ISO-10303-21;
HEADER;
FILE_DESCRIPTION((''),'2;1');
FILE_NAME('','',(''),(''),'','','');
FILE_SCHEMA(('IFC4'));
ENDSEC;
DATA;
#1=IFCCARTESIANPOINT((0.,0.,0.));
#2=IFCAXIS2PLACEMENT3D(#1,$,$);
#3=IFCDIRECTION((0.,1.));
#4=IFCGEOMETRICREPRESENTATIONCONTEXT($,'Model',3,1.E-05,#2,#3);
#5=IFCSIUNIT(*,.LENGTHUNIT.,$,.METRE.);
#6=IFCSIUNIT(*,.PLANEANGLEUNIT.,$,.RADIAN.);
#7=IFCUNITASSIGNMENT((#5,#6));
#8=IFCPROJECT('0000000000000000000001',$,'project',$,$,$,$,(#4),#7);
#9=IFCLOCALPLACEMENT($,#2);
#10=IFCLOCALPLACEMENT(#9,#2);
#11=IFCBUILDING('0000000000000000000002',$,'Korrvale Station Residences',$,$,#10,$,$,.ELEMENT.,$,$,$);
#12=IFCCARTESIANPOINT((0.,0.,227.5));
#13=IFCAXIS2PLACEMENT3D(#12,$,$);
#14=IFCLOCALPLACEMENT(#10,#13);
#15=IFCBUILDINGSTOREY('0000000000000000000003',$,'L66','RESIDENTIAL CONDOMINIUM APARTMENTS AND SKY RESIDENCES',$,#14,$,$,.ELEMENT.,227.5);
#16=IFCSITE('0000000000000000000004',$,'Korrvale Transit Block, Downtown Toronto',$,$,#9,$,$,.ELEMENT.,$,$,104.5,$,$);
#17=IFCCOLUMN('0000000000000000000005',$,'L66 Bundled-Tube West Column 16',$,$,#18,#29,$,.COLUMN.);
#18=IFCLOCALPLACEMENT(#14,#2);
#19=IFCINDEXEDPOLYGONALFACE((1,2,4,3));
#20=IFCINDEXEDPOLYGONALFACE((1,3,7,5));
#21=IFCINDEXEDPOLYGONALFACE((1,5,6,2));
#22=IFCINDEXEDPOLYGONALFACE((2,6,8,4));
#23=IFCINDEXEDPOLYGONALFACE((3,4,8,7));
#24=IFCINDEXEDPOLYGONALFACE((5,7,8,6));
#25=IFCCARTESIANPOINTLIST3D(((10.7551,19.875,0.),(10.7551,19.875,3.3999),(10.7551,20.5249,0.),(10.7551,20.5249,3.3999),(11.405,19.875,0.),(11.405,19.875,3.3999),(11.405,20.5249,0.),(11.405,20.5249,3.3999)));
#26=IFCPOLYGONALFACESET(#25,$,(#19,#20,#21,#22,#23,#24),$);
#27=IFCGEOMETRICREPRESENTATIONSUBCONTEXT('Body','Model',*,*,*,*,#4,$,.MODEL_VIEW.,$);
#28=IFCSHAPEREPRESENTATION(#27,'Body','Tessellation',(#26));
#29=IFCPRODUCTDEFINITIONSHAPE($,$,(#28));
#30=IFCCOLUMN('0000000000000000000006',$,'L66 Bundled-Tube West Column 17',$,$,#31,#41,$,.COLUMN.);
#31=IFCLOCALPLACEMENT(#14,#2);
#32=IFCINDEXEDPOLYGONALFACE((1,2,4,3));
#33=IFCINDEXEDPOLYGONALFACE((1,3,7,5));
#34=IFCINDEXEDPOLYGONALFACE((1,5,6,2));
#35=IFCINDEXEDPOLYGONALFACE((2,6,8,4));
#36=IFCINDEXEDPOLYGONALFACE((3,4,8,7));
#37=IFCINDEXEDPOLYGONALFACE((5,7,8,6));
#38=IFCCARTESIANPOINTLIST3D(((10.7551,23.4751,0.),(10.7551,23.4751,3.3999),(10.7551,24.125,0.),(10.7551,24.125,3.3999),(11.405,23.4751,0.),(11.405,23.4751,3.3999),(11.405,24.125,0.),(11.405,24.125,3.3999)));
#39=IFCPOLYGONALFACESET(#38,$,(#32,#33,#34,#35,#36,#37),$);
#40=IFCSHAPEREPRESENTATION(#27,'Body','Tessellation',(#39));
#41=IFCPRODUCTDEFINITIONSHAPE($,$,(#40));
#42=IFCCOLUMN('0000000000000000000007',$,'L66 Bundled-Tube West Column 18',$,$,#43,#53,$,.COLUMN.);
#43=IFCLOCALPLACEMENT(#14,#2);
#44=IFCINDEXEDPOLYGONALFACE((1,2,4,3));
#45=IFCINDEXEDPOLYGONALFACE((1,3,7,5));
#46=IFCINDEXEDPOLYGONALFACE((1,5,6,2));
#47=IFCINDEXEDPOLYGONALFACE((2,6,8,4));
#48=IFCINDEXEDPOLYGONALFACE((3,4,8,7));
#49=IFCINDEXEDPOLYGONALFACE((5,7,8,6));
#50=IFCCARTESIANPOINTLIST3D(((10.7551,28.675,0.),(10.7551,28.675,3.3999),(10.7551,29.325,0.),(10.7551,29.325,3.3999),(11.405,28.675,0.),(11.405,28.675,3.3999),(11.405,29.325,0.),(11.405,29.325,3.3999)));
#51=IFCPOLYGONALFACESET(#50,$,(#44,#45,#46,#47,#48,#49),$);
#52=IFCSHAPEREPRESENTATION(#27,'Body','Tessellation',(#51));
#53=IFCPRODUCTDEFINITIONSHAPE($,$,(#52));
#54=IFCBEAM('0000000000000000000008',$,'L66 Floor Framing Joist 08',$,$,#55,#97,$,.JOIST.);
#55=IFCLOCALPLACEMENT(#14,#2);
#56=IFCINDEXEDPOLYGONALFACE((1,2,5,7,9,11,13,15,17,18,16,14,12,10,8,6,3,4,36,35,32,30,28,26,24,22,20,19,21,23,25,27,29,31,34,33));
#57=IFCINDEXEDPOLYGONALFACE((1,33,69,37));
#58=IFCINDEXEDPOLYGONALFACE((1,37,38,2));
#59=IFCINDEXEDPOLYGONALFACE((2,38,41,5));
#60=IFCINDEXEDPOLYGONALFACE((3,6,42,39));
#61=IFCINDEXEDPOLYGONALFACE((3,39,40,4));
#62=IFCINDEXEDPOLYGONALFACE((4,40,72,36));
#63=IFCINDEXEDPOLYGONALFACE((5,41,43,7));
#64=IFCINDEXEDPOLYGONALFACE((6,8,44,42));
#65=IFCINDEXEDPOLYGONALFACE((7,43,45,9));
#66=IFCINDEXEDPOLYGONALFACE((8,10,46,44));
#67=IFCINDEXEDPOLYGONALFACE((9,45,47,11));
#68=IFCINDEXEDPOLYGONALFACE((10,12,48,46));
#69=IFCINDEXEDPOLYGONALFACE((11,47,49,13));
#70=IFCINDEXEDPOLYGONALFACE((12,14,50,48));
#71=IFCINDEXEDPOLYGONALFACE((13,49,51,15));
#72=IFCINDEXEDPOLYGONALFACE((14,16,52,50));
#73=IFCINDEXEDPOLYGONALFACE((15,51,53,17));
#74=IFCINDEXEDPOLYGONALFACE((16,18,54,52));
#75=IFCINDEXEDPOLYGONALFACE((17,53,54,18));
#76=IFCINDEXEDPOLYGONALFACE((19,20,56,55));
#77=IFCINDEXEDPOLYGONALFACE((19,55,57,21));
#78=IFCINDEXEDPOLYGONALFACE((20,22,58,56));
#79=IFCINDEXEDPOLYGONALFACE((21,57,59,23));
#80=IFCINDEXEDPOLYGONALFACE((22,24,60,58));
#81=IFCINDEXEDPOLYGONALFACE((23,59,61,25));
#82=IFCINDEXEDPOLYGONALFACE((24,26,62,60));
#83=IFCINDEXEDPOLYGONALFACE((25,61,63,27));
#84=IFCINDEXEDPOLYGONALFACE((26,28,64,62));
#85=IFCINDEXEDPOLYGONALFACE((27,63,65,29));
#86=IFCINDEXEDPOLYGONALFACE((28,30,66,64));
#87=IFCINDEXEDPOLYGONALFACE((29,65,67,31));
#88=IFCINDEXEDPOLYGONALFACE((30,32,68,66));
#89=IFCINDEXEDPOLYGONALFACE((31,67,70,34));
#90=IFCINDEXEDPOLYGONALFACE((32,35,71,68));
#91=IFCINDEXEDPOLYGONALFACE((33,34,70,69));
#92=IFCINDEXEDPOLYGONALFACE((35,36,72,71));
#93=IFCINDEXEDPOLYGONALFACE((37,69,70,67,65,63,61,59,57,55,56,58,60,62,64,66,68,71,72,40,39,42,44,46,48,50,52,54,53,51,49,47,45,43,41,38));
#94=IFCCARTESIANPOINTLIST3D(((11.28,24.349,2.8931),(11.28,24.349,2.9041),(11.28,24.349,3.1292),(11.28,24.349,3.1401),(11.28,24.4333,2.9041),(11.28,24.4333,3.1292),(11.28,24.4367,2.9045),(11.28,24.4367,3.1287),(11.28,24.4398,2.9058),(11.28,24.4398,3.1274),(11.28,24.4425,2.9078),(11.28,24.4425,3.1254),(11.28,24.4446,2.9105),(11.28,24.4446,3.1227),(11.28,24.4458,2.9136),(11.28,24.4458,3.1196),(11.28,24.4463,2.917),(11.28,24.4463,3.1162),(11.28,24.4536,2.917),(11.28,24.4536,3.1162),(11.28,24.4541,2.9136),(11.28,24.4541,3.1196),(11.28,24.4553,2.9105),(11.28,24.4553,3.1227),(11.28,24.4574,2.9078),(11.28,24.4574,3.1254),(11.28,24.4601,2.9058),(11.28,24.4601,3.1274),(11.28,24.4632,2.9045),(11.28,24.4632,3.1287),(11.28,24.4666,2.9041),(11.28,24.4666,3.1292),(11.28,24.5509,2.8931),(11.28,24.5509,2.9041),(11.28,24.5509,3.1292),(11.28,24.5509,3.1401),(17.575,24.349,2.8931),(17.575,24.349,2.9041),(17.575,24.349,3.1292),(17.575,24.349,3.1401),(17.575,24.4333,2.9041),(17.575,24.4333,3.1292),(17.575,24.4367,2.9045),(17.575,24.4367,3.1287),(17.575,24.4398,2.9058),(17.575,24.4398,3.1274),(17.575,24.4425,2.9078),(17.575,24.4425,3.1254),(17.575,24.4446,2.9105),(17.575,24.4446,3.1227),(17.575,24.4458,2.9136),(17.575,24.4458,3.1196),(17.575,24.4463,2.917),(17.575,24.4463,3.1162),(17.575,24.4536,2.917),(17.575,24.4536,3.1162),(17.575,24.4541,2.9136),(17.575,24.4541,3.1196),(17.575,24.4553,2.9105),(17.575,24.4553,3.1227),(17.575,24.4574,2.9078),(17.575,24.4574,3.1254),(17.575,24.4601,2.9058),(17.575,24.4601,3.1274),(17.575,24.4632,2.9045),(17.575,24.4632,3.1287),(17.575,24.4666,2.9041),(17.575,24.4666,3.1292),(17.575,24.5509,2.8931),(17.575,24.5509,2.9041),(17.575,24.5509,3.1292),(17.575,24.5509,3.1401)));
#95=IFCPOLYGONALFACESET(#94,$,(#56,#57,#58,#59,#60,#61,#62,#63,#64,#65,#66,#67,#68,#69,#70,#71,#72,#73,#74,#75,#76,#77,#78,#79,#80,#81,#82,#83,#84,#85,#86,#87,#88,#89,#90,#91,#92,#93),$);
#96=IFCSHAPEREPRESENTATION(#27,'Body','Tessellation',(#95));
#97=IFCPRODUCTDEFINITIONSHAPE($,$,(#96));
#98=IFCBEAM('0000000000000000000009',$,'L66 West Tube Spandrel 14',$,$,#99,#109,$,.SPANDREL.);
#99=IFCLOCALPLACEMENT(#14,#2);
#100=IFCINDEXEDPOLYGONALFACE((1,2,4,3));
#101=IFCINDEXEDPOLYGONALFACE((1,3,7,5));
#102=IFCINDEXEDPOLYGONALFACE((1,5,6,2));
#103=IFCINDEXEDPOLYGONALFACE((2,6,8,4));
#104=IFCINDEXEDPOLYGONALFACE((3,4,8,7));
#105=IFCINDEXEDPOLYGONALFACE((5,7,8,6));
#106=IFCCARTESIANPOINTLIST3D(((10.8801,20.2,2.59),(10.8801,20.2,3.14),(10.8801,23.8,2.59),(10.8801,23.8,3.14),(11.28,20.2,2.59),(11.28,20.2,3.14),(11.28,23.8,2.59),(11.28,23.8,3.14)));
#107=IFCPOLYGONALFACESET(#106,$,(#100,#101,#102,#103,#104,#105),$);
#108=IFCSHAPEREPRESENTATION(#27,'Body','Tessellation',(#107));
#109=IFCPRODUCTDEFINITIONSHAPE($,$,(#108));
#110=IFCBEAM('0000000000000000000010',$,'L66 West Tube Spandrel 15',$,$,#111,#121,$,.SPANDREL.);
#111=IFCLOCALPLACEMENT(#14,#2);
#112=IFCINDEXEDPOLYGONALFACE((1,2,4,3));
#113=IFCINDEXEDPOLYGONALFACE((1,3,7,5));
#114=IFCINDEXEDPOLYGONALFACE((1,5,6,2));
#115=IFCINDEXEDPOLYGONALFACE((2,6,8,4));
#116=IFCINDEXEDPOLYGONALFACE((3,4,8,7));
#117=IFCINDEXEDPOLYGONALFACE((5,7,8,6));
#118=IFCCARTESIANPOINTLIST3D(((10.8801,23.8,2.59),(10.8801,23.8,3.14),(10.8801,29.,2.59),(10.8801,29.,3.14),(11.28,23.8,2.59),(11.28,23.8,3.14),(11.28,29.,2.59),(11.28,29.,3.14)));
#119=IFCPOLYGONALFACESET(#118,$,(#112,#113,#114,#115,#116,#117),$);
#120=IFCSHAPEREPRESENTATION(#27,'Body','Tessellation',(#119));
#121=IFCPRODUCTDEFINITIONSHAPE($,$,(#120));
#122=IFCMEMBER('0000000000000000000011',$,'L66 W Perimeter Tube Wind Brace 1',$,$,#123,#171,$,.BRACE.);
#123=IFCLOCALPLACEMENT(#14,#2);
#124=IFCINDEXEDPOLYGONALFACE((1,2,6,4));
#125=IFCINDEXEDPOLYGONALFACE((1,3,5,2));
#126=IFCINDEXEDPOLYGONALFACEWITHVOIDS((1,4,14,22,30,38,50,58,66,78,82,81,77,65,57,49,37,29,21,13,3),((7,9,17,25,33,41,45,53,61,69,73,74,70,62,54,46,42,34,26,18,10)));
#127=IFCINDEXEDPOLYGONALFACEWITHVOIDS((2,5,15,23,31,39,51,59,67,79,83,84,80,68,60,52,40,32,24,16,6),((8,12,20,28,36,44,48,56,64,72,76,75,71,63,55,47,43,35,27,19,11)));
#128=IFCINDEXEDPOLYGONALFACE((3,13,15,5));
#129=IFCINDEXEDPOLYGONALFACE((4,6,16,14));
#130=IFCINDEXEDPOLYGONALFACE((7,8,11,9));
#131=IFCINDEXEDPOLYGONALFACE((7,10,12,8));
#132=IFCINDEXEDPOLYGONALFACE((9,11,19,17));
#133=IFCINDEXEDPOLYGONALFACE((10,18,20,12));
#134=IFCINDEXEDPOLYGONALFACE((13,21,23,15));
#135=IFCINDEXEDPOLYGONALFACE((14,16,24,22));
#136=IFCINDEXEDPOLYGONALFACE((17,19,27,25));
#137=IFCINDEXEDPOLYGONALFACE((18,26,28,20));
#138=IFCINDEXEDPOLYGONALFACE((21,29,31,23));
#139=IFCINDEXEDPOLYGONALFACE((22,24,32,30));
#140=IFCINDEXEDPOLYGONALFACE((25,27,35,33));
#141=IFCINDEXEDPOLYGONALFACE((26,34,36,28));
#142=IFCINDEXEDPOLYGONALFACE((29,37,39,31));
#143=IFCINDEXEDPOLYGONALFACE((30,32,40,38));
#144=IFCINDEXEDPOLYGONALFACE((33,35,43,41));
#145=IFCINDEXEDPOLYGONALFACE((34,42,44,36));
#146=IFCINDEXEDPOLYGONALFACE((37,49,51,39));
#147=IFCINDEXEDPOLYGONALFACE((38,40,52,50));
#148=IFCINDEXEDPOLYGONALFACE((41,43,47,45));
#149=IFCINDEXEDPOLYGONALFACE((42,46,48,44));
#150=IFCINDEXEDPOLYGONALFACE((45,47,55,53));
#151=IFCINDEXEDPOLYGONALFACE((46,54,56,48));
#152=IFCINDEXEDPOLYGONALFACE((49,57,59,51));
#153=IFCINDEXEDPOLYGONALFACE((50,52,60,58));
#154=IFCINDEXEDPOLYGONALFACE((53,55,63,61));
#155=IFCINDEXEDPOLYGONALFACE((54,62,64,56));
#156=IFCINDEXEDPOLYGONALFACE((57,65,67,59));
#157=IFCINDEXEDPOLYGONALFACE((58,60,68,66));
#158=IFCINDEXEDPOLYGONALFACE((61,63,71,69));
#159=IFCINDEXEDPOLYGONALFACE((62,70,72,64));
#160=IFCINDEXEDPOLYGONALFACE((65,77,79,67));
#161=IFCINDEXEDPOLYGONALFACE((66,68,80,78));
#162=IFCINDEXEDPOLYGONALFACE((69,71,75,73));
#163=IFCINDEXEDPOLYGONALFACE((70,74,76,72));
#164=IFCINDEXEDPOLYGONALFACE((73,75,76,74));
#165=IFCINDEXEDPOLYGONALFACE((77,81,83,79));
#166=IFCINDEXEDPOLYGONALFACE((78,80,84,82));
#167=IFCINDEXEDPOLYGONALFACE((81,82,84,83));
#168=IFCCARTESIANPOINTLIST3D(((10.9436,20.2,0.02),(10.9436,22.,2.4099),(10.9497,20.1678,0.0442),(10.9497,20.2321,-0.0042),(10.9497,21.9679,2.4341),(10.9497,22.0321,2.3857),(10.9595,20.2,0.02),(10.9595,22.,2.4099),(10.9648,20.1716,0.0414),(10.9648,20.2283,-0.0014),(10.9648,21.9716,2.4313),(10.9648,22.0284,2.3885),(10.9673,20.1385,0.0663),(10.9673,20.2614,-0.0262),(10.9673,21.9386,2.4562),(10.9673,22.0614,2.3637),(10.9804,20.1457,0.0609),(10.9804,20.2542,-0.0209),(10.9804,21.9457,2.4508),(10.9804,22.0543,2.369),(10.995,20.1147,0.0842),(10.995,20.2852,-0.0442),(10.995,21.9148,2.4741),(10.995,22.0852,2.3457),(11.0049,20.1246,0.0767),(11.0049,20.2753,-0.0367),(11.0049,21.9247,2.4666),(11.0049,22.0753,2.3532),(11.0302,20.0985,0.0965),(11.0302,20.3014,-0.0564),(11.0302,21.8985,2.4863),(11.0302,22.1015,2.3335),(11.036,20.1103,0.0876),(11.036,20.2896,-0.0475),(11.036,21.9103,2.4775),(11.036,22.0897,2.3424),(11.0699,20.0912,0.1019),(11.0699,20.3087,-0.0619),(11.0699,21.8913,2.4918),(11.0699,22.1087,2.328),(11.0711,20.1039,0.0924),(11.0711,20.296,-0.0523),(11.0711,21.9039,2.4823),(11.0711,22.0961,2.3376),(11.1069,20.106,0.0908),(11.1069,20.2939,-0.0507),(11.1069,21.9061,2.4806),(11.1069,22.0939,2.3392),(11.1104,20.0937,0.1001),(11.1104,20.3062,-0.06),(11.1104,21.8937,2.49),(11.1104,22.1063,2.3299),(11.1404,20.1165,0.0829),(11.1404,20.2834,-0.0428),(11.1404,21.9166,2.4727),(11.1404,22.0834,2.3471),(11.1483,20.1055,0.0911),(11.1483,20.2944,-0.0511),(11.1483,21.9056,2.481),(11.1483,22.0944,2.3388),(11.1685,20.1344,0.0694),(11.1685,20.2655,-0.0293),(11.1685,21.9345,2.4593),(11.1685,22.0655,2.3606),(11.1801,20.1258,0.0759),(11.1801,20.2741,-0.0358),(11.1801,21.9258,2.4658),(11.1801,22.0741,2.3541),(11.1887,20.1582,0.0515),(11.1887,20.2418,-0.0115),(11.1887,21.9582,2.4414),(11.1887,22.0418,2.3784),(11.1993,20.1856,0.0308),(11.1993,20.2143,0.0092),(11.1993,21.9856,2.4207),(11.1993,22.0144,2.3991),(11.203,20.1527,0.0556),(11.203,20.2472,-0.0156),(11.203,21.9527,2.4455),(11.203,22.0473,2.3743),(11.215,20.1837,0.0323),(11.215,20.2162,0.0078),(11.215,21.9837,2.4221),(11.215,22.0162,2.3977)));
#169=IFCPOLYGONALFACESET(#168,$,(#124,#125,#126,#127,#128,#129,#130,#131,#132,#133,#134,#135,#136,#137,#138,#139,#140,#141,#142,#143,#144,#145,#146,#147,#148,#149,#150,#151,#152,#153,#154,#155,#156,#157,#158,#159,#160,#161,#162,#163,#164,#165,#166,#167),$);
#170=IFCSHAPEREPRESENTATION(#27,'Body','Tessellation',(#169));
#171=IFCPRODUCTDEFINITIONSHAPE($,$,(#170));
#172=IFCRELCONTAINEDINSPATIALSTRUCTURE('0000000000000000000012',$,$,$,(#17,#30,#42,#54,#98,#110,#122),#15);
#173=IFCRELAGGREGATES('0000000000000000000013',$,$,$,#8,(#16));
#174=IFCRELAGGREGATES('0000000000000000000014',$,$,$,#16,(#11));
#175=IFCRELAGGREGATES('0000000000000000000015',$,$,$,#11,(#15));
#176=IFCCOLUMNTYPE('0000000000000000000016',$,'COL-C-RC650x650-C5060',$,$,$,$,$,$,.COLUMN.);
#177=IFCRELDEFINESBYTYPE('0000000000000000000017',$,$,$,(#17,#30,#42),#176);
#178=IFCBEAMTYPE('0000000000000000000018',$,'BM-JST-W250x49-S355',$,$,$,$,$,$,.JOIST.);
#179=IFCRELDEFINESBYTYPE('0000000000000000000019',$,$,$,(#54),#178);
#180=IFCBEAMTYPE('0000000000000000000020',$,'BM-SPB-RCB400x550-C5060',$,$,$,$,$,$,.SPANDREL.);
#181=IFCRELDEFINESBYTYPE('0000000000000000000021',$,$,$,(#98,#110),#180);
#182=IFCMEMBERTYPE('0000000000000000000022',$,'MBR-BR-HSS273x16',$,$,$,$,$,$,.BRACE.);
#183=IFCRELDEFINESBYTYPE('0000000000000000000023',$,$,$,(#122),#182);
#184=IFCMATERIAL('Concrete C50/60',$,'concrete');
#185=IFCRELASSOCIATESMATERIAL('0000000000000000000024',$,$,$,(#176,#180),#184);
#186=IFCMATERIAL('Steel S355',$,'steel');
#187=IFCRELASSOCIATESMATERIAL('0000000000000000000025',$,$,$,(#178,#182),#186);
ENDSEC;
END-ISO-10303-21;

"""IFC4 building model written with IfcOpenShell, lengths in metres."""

from ifc_helpers import new_model, si_unit, direction, frame, origin, origin_2d, place, context, subcontext, project, spatial, rectangle, hollow_circle, i_section, extrude, material, material_profile, profile_set, type_object, element, save


model = new_model("IFC4")

# Units and contexts
model_context = context("Model", 3, precision=1e-05, world=origin(), true_north=direction((0.0, 1.0)))
body_context = subcontext(model_context, "Body", "Model", "MODEL_VIEW")
ifc_project = project(units=[si_unit("LENGTHUNIT", "METRE"), si_unit("PLANEANGLEUNIT", "RADIAN")], contexts=[model_context])

# Site, building, storey
site_placement = place(None, origin())
site = spatial("IfcSite", under=ifc_project, at=site_placement, Name="Korrvale Transit Block, Downtown Toronto", CompositionType="ELEMENT", RefElevation=104.5)
building_placement = place(site_placement, origin())
building = spatial("IfcBuilding", under=site, at=building_placement, Name="Korrvale Station Residences", CompositionType="ELEMENT")
storey_placement = place(building_placement, frame((0.0, 0.0, 227.5)))
storey = spatial("IfcBuildingStorey", under=building, at=storey_placement, Name="L66", Description="RESIDENTIAL CONDOMINIUM APARTMENTS AND SKY RESIDENCES", CompositionType="ELEMENT", Elevation=227.5)

# Columns
ifc_material_1 = material(Name="Concrete C50/60", Category="concrete")
ifc_material_profile_1 = material_profile(ifc_material_1, rectangle(XDim=0.6499, YDim=0.6499, at=origin_2d()), Name="RC650x650")
ifc_profile_set_1 = profile_set([ifc_material_profile_1], Name="Concrete C50/60")
column_type = type_object("IfcColumnType", Name="COL-C-RC650x650-C5060", PredefinedType="COLUMN", material=ifc_profile_set_1)
for number, where, z_axis, x_axis, name in (
    (1, (11.0801, 20.2, 0.0), (0.0, 0.0, 1.0), (1.0, 0.0, 0.0), "L66 Bundled-Tube West Column 16"),
    (2, (11.0801, 23.8, 0.0), (0.0, 0.0, 1.0), (1.0, 0.0, 0.0), "L66 Bundled-Tube West Column 17"),
    (3, (11.0801, 29.0, 0.0), (0.0, 0.0, 1.0), (1.0, 0.0, 0.0), "L66 Bundled-Tube West Column 18"),
):
    element("IfcColumn", number, at=place(storey_placement, frame(where, z_axis=z_axis, x_axis=x_axis)), inside=storey, type_object=column_type, Name=name, PredefinedType="COLUMN", context=body_context, shape_type="SweptSolid", body=[
        extrude(rectangle(XDim=0.6499, YDim=0.6499, at=origin_2d()), origin(), (0.0, 0.0, 1.0), 3.3999),
    ])

# Beams
ifc_material_2 = material(Name="Steel S355", Category="steel")
ifc_material_profile_2 = material_profile(ifc_material_2, i_section(OverallWidth=0.2019, OverallDepth=0.2471, WebThickness=0.0073, FlangeThickness=0.011, FilletRadius=0.0129, at=origin_2d()), Name="W250x49")
ifc_profile_set_2 = profile_set([ifc_material_profile_2], Name="Steel S355")
beam_type_1 = type_object("IfcBeamType", Name="BM-JST-W250x49-S355", PredefinedType="JOIST", material=ifc_profile_set_2)
beam_1_placement = place(storey_placement, frame((11.28, 24.45, 3.0166), z_axis=(1.0, 0.0, 0.0), x_axis=(0.0, 1.0, 0.0)))
element("IfcBeam", 4, at=beam_1_placement, inside=storey, type_object=beam_type_1, Name="L66 Floor Framing Joist 08", PredefinedType="JOIST", context=body_context, shape_type="SweptSolid", body=[
    extrude(i_section(OverallWidth=0.2019, OverallDepth=0.2471, WebThickness=0.0073, FlangeThickness=0.011, FilletRadius=0.0129, at=origin_2d()), origin(), (0.0, 0.0, 1.0), 6.2949),
])
ifc_material_profile_3 = material_profile(ifc_material_1, rectangle(XDim=0.3999, YDim=0.55, at=origin_2d()), Name="RCB400x550")
ifc_profile_set_3 = profile_set([ifc_material_profile_3], Name="Concrete C50/60")
beam_type_2 = type_object("IfcBeamType", Name="BM-SPB-RCB400x550-C5060", PredefinedType="SPANDREL", material=ifc_profile_set_3)
beam_2_placement = place(storey_placement, frame((11.0801, 20.2, 2.865), z_axis=(0.0, 1.0, 0.0), x_axis=(-1.0, 0.0, 0.0)))
element("IfcBeam", 5, at=beam_2_placement, inside=storey, type_object=beam_type_2, Name="L66 West Tube Spandrel 14", PredefinedType="SPANDREL", context=body_context, shape_type="SweptSolid", body=[
    extrude(rectangle(XDim=0.3999, YDim=0.55, at=origin_2d()), origin(), (0.0, 0.0, 1.0), 3.6001),
])
beam_3_placement = place(storey_placement, frame((11.0801, 23.8, 2.865), z_axis=(0.0, 1.0, 0.0), x_axis=(-1.0, 0.0, 0.0)))
element("IfcBeam", 6, at=beam_3_placement, inside=storey, type_object=beam_type_2, Name="L66 West Tube Spandrel 15", PredefinedType="SPANDREL", context=body_context, shape_type="SweptSolid", body=[
    extrude(rectangle(XDim=0.3999, YDim=0.55, at=origin_2d()), origin(), (0.0, 0.0, 1.0), 5.2),
])

# Member
ifc_material_profile_4 = material_profile(ifc_material_2, hollow_circle(Radius=0.1365, WallThickness=0.0159, at=origin_2d()), Name="HSS273x16")
ifc_profile_set_4 = profile_set([ifc_material_profile_4], Name="Steel S355")
member_type = type_object("IfcMemberType", Name="MBR-BR-HSS273x16", PredefinedType="BRACE", material=ifc_profile_set_4)
for number, where, z_axis, x_axis, name in (
    (7, (11.0801, 20.2, 0.02), (0.0, 0.601631, 0.798774), (-1.0, 0.0, 0.0), "L66 W Perimeter Tube Wind Brace 1"),
):
    element("IfcMember", number, at=place(storey_placement, frame(where, z_axis=z_axis, x_axis=x_axis)), inside=storey, type_object=member_type, Name=name, PredefinedType="BRACE", context=body_context, shape_type="SweptSolid", body=[
        extrude(hollow_circle(Radius=0.1365, WallThickness=0.0159, at=origin_2d()), origin(), (0.0, 0.0, 1.0), 2.9919),
    ])

save(model, "model.ifc")
